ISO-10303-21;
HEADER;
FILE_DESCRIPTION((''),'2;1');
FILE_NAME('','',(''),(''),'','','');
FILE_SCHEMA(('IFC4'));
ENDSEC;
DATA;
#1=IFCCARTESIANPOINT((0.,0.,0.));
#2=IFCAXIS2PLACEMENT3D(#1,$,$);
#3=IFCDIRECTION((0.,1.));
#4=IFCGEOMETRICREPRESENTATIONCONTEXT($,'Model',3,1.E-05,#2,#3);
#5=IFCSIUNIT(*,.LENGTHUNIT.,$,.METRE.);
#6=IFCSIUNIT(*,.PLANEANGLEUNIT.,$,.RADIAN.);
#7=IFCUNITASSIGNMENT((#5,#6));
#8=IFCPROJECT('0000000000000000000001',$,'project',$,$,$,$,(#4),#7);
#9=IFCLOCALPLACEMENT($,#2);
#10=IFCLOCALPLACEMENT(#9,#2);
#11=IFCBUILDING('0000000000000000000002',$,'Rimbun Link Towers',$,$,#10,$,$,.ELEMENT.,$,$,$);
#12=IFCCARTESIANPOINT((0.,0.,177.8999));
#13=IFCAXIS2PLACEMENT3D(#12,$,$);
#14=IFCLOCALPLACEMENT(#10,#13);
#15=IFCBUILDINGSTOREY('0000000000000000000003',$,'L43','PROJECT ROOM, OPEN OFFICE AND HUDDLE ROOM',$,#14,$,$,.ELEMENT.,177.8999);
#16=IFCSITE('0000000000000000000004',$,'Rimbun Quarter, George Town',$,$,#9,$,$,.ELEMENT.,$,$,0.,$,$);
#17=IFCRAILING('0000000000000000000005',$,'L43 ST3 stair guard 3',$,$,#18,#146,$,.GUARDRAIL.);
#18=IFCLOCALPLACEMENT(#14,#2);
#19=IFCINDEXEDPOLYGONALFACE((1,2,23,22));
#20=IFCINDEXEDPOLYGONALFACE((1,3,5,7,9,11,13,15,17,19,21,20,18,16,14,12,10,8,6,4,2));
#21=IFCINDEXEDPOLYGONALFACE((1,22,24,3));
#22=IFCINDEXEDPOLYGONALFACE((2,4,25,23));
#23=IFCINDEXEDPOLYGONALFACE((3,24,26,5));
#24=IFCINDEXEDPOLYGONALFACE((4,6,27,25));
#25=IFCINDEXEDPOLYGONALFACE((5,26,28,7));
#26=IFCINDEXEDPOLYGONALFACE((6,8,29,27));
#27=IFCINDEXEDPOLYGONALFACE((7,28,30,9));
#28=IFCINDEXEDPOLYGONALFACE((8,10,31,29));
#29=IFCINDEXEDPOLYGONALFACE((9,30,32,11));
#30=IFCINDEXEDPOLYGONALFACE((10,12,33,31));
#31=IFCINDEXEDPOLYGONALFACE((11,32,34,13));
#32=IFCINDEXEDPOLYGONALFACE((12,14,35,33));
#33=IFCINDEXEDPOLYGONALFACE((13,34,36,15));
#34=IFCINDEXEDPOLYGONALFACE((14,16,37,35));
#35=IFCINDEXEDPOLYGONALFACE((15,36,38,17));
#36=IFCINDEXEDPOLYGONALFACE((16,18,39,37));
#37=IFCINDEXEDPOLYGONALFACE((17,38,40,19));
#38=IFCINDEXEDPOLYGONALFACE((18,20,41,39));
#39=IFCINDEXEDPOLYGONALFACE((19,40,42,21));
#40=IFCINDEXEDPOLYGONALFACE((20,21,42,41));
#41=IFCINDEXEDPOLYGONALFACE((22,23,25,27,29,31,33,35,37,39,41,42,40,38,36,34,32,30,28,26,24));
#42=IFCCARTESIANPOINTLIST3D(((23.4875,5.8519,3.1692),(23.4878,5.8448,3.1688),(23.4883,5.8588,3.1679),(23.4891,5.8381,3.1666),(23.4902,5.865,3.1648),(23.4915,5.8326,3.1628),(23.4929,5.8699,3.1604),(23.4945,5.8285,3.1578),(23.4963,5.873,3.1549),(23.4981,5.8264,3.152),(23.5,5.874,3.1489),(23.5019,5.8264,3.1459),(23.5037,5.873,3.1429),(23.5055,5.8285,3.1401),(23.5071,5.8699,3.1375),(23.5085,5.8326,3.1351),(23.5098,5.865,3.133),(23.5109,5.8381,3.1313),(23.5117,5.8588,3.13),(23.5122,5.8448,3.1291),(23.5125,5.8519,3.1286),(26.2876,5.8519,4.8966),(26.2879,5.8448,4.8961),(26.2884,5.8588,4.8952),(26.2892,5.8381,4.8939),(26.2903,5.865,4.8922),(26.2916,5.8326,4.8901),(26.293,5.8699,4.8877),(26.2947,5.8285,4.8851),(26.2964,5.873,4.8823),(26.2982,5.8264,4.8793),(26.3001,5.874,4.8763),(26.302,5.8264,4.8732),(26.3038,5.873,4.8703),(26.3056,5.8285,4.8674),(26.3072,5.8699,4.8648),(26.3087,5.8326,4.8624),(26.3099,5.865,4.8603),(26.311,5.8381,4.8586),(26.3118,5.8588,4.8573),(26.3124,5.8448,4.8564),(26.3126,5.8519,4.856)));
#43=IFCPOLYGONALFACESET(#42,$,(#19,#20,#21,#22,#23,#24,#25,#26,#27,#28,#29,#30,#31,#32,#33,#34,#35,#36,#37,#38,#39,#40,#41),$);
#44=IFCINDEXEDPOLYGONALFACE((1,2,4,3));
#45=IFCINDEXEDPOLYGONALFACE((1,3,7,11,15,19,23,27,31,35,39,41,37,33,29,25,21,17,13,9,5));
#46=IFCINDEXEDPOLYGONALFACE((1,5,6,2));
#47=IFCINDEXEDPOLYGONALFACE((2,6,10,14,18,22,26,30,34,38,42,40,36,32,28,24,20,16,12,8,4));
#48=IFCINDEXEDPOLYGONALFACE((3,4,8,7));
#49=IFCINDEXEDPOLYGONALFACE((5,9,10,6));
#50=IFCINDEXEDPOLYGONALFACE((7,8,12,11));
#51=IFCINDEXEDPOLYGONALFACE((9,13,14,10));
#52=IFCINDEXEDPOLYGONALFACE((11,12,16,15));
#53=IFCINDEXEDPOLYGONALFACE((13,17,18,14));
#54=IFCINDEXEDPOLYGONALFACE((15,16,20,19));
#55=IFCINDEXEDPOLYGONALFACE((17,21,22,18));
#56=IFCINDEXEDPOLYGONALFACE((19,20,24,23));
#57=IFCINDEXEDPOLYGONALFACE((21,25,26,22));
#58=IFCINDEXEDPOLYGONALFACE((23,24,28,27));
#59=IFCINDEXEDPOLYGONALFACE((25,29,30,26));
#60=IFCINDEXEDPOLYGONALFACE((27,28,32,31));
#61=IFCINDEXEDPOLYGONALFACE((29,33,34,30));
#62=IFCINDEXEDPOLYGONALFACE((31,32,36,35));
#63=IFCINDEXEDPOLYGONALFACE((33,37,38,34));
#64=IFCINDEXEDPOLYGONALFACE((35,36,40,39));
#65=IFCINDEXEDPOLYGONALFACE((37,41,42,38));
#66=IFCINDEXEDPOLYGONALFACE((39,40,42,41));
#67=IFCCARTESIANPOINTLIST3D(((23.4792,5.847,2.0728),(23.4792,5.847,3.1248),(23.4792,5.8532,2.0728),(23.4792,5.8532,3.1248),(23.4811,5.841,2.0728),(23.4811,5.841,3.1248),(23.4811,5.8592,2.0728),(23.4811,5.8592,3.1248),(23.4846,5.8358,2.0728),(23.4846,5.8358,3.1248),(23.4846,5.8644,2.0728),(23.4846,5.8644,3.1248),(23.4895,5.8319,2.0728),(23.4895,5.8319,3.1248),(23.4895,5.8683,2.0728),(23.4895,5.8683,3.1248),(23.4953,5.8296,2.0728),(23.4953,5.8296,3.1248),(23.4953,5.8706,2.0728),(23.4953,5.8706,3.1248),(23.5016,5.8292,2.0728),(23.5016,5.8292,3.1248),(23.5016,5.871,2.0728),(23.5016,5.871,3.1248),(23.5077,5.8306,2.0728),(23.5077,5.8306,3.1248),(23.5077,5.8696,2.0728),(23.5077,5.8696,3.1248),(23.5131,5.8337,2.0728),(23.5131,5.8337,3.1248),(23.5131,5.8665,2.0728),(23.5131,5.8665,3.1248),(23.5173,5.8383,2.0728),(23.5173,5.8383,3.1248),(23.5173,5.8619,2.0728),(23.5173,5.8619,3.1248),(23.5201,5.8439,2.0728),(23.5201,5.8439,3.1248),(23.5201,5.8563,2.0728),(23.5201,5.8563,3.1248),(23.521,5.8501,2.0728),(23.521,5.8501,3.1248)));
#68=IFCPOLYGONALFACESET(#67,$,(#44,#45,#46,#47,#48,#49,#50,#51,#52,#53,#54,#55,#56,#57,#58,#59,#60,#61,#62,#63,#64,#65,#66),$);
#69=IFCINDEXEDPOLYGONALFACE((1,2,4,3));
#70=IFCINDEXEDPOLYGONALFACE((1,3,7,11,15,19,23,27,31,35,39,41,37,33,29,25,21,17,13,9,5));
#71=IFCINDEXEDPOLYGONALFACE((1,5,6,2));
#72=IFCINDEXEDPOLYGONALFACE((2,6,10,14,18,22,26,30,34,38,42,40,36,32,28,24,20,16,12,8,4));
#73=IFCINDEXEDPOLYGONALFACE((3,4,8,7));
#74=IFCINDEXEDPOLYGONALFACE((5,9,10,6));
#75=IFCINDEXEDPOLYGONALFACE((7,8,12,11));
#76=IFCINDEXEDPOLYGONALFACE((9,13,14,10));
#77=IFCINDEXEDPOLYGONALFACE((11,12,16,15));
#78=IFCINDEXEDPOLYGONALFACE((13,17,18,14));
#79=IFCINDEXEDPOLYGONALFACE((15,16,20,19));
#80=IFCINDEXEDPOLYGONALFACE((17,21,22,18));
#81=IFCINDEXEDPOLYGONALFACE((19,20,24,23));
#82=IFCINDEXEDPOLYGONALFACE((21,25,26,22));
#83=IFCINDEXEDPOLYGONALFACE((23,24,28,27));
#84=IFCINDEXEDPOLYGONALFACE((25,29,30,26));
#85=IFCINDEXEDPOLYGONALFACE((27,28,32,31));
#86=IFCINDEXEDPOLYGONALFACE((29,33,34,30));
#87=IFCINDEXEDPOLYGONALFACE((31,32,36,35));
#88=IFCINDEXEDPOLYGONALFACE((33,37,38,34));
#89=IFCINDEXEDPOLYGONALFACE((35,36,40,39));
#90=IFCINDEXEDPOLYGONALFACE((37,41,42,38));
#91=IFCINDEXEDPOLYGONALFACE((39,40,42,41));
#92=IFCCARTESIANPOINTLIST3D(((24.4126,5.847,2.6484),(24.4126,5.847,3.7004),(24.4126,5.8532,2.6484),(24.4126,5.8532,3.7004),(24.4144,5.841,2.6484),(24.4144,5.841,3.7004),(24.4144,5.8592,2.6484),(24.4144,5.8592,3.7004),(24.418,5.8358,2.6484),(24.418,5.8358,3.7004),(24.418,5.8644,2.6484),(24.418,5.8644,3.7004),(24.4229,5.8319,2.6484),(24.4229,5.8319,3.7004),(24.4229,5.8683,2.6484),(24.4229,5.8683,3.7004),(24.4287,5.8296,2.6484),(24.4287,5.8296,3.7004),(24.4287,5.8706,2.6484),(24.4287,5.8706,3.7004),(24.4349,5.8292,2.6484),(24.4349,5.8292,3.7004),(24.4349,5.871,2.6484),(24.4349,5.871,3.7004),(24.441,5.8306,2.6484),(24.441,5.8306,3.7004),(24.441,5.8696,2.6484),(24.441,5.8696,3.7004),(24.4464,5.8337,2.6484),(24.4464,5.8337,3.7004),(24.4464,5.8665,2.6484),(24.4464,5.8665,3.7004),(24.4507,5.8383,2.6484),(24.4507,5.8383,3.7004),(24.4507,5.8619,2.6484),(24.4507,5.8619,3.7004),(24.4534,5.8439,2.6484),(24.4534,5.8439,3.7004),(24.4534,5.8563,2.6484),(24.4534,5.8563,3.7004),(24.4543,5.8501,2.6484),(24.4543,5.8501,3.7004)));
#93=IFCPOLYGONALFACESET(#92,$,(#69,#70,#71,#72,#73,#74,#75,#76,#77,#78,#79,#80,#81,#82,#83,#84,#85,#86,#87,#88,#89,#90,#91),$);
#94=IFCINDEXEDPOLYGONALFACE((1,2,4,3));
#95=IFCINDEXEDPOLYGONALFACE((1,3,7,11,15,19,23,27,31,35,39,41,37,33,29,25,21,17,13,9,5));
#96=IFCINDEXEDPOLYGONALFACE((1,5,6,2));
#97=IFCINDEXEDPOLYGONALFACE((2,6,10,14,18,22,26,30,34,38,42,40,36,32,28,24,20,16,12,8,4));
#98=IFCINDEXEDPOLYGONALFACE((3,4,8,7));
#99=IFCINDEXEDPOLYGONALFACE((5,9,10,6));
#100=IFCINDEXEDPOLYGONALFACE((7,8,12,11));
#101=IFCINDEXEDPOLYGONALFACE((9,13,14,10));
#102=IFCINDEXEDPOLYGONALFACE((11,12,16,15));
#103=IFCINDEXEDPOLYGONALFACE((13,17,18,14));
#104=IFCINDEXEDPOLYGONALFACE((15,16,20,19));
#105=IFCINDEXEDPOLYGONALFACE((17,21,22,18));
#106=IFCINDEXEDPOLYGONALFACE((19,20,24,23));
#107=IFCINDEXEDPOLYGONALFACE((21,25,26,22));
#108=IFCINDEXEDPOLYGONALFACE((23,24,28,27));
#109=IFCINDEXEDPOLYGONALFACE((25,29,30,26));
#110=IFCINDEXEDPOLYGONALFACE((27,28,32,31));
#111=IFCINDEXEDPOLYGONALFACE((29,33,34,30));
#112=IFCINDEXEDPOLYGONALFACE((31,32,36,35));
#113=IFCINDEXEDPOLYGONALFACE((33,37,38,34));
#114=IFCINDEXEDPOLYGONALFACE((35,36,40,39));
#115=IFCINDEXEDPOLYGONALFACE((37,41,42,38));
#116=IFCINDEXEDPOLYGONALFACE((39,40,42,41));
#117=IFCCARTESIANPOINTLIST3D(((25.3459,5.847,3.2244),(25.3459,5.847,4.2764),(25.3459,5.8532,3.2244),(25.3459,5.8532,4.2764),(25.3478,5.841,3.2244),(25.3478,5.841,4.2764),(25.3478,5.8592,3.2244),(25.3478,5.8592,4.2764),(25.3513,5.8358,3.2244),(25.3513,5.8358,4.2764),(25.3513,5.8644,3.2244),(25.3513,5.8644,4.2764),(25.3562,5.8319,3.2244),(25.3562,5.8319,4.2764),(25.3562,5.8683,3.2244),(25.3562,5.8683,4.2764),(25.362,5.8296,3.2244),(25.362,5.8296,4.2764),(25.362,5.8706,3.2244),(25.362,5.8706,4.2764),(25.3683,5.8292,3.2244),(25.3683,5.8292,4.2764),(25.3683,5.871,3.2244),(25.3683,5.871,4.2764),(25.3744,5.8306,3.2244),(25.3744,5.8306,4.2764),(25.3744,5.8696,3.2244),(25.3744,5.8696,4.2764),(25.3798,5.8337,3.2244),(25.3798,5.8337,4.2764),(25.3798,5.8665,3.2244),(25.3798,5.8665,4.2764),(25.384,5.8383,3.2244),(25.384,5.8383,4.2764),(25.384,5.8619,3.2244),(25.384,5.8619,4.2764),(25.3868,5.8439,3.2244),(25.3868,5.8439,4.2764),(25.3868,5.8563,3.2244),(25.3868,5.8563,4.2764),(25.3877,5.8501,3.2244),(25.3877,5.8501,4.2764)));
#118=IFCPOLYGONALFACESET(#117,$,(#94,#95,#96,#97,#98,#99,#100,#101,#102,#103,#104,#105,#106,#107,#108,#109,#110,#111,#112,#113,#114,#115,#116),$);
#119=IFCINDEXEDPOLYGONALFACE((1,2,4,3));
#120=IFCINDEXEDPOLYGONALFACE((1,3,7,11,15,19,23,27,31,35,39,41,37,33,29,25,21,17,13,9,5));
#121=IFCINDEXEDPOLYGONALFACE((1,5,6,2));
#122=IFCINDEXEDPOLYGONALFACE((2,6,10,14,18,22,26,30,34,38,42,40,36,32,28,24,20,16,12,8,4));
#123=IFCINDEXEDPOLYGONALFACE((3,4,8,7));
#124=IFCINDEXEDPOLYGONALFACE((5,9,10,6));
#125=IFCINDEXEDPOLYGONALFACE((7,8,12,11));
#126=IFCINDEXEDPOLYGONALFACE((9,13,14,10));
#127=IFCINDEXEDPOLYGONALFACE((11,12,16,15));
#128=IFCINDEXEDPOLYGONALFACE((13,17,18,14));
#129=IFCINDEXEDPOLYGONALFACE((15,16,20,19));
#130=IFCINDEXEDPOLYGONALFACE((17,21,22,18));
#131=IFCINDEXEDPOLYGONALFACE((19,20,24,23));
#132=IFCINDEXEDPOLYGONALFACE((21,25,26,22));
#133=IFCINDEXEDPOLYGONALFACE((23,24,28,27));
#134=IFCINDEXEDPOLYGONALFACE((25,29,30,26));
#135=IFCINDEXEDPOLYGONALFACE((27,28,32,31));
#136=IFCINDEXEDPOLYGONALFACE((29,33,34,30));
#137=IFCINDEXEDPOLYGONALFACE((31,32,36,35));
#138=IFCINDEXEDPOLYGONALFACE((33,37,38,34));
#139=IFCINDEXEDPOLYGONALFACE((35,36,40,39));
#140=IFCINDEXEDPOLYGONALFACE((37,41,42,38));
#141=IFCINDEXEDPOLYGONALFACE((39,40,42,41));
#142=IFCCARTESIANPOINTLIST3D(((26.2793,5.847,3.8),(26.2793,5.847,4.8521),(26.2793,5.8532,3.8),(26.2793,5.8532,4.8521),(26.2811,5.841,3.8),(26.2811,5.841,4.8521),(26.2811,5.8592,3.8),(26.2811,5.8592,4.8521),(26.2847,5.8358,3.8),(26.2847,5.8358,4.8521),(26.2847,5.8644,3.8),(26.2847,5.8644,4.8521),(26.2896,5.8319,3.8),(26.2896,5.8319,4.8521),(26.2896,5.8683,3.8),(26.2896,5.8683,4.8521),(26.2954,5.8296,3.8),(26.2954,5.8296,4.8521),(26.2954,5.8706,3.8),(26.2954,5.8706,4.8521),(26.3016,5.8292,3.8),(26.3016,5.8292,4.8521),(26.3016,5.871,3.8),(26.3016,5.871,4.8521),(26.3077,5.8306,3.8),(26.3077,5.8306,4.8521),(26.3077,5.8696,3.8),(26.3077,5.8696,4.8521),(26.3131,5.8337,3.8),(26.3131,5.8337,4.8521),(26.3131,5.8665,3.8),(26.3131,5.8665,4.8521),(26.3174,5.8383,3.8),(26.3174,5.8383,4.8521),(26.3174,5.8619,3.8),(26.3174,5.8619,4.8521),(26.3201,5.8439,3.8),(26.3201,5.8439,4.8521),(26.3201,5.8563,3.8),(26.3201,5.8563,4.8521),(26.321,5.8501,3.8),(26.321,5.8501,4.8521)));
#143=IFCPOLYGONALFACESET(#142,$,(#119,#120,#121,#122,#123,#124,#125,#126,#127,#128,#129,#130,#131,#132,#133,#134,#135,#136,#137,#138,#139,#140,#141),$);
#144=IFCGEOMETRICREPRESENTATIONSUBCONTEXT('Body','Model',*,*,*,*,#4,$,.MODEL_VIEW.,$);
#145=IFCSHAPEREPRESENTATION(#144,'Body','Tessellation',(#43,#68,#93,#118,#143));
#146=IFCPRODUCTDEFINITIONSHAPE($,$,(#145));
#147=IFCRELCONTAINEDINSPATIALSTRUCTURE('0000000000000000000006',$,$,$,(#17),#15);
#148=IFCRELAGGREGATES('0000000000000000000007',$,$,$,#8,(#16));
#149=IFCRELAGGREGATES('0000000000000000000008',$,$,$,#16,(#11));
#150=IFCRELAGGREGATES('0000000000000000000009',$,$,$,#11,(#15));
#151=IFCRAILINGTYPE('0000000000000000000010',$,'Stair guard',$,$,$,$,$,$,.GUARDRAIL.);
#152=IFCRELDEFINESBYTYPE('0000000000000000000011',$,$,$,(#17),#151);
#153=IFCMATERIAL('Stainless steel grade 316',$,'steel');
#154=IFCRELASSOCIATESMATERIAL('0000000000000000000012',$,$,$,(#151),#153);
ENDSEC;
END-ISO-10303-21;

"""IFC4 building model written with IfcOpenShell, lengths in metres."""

from ifc_helpers import new_model, si_unit, direction, frame, origin, origin_2d, place, context, subcontext, project, spatial, circle, extrude, material, type_object, element, save


model = new_model("IFC4")

# Units and contexts
model_context = context("Model", 3, precision=1e-05, world=origin(), true_north=direction((0.0, 1.0)))
body_context = subcontext(model_context, "Body", "Model", "MODEL_VIEW")
ifc_project = project(units=[si_unit("LENGTHUNIT", "METRE"), si_unit("PLANEANGLEUNIT", "RADIAN")], contexts=[model_context])

# Site, building, storey
site_placement = place(None, origin())
site = spatial("IfcSite", under=ifc_project, at=site_placement, Name="Rimbun Quarter, George Town", CompositionType="ELEMENT", RefElevation=0.0)
building_placement = place(site_placement, origin())
building = spatial("IfcBuilding", under=site, at=building_placement, Name="Rimbun Link Towers", CompositionType="ELEMENT")
storey_placement = place(building_placement, frame((0.0, 0.0, 177.8999)))
storey = spatial("IfcBuildingStorey", under=building, at=storey_placement, Name="L43", Description="PROJECT ROOM, OPEN OFFICE AND HUDDLE ROOM", CompositionType="ELEMENT", Elevation=177.8999)

# Railing
ifc_material_1 = material(Name="Stainless steel grade 316", Category="steel")
railing_type_1 = type_object("IfcRailingType", Name="Stair guard", PredefinedType="GUARDRAIL", material=ifc_material_1)
railing_1_placement = place(storey_placement, frame((23.5, 5.8501, 2.0728)))
element("IfcRailing", 1, at=railing_1_placement, inside=storey, type_object=railing_type_1, Name="L43 ST3 stair guard 3", PredefinedType="GUARDRAIL", context=body_context, shape_type="SweptSolid", body=[
    extrude(circle(Radius=0.0239, at=origin_2d()), frame((0.0, 0.0, 1.0762), z_axis=(0.85109, 0.0, 0.52502), x_axis=(0.0, 1.0, 0.0)), (0.0, 0.0, 1.0), 3.29),
    extrude(circle(Radius=0.021, at=origin_2d()), origin(), (0.0, 0.0, 1.0), 1.052),
    extrude(circle(Radius=0.021, at=origin_2d()), frame((0.9333, 0.0, 0.5757)), (0.0, 0.0, 1.0), 1.052),
    extrude(circle(Radius=0.021, at=origin_2d()), frame((1.8667, 0.0, 1.1516)), (0.0, 0.0, 1.0), 1.052),
    extrude(circle(Radius=0.021, at=origin_2d()), frame((2.8, 0.0, 1.7273)), (0.0, 0.0, 1.0), 1.052),
])

save(model, "model.ifc")
